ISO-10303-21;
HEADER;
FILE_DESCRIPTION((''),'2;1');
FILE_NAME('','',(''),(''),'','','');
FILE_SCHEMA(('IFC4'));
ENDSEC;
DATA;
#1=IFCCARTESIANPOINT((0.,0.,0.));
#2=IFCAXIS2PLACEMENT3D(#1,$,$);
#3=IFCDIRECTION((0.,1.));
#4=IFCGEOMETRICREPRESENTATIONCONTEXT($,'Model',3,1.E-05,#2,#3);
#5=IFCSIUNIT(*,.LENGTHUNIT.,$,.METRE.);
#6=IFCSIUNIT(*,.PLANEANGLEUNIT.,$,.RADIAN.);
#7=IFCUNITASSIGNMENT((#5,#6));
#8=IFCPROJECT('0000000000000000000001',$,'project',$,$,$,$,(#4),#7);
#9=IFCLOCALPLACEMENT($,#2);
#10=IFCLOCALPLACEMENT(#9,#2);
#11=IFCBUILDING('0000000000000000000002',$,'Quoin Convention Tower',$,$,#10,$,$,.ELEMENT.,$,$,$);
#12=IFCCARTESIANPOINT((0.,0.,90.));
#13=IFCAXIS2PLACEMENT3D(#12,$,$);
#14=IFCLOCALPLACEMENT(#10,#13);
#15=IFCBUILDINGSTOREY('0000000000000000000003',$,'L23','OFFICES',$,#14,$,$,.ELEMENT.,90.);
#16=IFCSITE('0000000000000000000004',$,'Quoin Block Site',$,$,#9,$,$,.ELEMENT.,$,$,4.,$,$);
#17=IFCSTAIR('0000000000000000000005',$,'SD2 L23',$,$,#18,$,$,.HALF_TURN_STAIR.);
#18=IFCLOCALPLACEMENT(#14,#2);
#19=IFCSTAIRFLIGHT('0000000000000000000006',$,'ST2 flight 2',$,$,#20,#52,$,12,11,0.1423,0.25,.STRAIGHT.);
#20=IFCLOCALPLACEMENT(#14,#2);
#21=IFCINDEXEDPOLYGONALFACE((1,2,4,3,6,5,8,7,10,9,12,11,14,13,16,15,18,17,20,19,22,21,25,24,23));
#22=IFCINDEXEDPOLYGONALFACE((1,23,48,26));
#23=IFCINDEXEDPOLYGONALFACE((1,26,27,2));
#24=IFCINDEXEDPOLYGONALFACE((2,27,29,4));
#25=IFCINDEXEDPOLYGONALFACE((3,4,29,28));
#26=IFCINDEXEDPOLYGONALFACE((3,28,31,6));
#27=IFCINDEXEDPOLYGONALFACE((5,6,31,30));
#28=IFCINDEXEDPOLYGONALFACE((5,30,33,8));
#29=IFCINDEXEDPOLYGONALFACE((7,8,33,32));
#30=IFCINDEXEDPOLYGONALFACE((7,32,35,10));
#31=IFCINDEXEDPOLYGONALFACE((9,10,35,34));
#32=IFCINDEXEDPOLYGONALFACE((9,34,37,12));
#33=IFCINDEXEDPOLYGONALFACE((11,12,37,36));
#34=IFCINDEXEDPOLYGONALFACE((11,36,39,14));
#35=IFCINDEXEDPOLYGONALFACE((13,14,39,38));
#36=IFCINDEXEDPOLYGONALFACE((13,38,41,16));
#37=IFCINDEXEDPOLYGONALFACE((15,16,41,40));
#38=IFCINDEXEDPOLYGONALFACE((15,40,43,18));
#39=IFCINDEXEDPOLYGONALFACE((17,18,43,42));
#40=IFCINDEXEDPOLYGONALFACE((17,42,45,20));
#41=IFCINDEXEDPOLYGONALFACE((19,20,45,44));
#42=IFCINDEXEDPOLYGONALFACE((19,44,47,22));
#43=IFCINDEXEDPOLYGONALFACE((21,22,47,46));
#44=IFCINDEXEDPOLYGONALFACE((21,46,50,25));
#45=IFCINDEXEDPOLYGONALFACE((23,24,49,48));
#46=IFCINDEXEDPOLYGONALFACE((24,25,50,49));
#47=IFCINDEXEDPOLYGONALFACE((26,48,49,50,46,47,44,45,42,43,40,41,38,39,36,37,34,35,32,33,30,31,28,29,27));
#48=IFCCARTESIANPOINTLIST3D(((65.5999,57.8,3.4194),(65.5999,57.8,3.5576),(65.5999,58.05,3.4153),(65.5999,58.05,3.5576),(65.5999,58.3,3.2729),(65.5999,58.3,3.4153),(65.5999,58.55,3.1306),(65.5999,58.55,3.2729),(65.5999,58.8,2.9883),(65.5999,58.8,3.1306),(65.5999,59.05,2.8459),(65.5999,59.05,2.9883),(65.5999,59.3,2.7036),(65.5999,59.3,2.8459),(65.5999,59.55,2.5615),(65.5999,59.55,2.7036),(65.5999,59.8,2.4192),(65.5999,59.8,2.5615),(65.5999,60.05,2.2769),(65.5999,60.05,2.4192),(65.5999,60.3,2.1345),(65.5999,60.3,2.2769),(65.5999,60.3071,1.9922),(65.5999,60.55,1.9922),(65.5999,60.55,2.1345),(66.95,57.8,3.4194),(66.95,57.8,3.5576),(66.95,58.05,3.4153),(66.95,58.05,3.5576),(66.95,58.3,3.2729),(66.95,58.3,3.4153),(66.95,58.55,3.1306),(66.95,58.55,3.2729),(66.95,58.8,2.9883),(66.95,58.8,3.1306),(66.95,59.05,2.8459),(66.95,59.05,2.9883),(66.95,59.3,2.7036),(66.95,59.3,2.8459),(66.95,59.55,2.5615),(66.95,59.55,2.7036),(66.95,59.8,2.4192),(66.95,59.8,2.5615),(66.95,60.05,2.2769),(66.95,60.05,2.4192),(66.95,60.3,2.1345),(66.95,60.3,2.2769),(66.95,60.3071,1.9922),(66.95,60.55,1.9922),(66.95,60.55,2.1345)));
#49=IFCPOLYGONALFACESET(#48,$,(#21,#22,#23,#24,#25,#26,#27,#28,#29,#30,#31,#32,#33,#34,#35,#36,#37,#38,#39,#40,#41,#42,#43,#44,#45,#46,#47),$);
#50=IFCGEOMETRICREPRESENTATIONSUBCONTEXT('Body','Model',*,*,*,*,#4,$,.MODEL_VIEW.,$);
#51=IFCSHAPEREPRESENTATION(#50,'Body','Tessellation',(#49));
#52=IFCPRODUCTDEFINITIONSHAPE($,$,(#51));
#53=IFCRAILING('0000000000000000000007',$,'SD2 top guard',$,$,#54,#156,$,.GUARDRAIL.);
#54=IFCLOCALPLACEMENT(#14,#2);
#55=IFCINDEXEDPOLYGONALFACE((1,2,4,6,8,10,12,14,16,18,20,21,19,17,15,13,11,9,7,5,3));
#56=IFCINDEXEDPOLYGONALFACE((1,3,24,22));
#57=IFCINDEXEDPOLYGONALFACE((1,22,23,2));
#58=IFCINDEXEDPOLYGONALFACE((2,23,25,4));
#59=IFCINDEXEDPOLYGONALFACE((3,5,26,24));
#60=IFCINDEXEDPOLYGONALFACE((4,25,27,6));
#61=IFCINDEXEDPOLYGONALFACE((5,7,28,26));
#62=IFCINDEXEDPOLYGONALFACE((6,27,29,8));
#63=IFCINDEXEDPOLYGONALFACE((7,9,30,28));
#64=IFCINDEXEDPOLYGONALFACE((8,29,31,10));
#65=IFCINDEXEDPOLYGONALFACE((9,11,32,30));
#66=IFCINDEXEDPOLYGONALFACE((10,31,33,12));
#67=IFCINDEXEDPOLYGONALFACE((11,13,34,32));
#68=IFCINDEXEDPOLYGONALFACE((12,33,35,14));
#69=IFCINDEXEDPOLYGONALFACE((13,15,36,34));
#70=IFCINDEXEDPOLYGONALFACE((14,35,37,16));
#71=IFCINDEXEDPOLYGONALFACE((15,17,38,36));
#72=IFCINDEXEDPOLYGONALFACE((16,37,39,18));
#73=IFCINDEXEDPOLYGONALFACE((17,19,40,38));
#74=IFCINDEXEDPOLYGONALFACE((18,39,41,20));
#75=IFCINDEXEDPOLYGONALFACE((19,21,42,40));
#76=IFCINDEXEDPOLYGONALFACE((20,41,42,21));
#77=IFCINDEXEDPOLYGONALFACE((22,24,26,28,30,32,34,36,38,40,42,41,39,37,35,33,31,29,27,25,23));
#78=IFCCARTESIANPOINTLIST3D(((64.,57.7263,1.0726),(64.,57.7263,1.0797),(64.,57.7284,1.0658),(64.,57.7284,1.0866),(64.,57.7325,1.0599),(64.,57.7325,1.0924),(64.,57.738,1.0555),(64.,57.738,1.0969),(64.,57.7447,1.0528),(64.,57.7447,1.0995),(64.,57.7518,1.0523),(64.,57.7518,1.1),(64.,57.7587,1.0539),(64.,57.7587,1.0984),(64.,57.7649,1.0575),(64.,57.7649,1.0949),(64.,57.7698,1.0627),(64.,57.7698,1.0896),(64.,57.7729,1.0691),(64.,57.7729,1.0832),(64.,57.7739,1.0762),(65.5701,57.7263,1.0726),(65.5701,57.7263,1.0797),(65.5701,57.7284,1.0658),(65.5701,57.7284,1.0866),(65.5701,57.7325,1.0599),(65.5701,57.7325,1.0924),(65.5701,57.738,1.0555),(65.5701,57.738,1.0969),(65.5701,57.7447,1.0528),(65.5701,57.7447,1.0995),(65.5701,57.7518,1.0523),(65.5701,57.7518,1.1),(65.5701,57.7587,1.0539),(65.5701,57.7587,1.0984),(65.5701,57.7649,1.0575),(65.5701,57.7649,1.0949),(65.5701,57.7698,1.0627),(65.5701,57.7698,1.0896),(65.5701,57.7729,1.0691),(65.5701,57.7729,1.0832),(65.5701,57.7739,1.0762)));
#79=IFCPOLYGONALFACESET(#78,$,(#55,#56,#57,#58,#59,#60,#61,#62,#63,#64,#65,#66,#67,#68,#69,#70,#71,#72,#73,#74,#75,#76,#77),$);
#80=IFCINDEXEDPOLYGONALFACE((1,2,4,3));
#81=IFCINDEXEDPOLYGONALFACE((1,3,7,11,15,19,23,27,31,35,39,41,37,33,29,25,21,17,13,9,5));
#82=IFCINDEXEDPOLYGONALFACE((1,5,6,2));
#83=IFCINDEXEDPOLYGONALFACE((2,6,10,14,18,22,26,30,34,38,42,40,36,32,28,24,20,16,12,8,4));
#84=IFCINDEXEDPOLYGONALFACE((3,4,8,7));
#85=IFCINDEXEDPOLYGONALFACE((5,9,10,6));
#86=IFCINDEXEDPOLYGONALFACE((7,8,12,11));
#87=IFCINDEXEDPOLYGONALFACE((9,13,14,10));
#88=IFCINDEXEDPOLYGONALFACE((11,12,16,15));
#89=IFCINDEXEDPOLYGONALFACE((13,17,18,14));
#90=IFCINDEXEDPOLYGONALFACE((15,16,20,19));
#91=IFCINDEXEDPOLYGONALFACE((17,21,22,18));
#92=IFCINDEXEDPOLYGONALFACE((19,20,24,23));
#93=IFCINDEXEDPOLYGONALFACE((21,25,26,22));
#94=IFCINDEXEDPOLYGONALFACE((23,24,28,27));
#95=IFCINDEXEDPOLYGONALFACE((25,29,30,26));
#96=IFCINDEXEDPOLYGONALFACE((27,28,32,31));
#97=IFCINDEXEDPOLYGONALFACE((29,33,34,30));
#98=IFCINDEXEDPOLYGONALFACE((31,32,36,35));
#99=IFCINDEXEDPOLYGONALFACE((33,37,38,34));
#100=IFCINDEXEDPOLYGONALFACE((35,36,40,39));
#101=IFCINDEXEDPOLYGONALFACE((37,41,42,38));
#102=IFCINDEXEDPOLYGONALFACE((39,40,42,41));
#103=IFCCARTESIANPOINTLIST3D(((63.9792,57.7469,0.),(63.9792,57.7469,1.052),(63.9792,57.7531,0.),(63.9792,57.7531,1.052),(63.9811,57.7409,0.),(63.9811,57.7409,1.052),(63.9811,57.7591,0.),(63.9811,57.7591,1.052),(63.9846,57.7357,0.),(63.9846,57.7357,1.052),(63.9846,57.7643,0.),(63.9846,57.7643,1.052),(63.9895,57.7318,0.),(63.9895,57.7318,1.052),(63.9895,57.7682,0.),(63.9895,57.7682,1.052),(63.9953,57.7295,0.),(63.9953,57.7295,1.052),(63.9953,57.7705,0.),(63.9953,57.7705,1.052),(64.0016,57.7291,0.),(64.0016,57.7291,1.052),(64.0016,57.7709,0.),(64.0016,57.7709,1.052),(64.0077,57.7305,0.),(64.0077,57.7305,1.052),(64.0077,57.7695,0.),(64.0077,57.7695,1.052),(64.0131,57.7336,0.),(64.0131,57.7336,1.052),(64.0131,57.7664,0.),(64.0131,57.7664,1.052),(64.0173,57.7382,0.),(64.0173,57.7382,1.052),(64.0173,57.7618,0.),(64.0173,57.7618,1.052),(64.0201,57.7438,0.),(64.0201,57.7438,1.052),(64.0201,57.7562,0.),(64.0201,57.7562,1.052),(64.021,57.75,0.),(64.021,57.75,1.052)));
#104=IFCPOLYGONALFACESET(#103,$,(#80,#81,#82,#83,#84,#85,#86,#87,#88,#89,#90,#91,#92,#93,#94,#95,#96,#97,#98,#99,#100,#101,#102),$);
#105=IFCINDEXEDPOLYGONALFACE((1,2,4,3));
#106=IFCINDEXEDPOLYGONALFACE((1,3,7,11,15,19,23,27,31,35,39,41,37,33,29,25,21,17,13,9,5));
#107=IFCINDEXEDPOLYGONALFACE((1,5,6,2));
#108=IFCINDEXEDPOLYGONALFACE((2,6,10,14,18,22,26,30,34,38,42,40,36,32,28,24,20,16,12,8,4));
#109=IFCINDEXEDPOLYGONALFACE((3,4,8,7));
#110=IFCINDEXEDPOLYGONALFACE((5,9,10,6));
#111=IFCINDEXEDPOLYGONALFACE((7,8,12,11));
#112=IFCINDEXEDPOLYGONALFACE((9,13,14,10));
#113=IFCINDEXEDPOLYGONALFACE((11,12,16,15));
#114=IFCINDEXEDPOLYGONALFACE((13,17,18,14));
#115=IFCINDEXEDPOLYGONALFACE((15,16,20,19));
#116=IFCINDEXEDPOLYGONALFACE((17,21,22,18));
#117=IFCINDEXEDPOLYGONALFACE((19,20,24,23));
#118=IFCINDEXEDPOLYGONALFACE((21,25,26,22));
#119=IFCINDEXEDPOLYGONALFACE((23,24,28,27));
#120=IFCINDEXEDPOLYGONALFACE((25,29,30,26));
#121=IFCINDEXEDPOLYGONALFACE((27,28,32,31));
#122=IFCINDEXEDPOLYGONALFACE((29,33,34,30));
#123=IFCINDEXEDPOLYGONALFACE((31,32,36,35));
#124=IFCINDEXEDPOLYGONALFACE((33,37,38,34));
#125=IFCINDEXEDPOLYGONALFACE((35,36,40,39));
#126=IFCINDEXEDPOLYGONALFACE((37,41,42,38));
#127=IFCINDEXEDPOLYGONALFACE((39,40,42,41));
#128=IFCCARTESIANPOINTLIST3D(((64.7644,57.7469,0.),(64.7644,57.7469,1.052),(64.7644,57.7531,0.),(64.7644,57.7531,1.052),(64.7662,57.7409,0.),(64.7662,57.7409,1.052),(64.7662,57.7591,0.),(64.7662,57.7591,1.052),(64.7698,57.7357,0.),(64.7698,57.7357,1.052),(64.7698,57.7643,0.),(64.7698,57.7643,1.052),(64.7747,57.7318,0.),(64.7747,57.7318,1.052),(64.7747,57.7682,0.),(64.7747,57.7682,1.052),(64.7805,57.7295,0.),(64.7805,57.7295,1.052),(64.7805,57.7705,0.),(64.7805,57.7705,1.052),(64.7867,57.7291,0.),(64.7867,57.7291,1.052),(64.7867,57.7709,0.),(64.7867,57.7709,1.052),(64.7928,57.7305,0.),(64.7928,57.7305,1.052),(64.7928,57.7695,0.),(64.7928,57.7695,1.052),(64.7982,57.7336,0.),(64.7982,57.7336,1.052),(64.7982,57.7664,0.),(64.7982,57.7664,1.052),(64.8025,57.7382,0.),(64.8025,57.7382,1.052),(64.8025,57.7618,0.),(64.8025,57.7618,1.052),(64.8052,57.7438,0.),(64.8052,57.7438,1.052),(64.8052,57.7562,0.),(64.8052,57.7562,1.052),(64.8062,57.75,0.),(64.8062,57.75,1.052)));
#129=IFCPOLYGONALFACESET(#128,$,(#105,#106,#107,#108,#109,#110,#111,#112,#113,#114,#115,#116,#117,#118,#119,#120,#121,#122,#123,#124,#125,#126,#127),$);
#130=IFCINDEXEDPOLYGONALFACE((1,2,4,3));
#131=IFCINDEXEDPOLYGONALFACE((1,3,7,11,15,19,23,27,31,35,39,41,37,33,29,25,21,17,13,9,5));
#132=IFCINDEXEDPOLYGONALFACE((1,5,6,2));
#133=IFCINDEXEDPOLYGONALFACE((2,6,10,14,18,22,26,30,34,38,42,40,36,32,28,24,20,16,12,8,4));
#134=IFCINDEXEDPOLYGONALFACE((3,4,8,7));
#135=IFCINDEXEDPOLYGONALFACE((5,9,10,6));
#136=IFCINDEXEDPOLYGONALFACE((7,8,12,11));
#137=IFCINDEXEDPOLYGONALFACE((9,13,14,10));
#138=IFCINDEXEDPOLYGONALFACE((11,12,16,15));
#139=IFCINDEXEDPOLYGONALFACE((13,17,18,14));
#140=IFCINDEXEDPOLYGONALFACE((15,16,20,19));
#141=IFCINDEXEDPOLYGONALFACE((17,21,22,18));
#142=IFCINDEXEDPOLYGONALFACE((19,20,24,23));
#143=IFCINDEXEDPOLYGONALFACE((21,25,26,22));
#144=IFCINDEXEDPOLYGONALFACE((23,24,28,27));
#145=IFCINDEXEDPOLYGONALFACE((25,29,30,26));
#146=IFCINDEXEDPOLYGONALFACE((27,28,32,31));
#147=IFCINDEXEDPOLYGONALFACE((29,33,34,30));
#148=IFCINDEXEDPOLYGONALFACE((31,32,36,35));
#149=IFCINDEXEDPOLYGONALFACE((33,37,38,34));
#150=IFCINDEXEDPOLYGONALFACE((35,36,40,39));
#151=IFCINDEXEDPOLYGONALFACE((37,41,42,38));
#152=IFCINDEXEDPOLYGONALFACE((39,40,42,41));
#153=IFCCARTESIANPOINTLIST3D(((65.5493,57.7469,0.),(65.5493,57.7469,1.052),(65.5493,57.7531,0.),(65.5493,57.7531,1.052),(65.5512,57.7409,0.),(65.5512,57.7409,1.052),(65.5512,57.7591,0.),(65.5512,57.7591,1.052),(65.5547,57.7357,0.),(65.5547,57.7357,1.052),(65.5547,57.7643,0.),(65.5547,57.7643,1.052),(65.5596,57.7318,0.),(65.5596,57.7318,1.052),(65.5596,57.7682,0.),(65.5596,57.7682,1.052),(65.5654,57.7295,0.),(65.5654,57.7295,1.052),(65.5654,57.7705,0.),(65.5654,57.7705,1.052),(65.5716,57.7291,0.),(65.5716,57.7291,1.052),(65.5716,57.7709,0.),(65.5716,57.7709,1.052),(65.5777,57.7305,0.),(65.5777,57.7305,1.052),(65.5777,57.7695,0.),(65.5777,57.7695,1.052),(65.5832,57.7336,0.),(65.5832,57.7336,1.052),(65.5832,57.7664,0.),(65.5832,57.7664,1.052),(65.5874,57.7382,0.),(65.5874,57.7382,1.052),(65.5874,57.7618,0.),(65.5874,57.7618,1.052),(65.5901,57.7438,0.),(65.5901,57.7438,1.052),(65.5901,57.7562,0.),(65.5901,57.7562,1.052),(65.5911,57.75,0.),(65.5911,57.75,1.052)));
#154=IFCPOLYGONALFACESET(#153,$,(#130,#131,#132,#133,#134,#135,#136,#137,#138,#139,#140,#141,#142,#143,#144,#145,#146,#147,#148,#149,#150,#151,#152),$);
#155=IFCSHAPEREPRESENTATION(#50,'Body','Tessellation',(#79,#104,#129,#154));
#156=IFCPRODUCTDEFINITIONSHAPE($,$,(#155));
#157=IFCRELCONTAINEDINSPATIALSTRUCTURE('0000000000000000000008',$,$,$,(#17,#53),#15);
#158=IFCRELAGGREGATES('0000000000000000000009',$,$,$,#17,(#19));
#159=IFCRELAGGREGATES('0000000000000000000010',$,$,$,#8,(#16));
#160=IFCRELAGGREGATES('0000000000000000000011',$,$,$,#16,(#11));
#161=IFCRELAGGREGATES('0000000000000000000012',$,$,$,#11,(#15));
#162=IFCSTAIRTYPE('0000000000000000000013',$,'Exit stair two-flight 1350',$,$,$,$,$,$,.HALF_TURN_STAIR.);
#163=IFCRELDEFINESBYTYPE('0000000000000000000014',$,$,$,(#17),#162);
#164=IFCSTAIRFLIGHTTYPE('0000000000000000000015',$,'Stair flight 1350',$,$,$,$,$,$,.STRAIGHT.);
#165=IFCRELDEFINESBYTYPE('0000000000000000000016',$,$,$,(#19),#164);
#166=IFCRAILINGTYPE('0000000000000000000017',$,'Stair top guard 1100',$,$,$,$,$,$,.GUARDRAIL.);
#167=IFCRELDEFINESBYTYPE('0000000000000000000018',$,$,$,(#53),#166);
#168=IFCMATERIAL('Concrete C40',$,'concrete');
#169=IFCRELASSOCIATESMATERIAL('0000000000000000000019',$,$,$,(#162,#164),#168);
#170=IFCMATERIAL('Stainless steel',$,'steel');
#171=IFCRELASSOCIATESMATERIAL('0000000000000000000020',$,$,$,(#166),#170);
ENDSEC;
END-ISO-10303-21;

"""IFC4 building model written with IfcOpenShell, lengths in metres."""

from ifc_helpers import new_model, si_unit, direction, frame, origin, origin_2d, place, context, subcontext, project, spatial, polyline, circle, outline, extrude, material, type_object, element, aggregate, save


model = new_model("IFC4")

# Units and contexts
model_context = context("Model", 3, precision=1e-05, world=origin(), true_north=direction((0.0, 1.0)))
body_context = subcontext(model_context, "Body", "Model", "MODEL_VIEW")
ifc_project = project(units=[si_unit("LENGTHUNIT", "METRE"), si_unit("PLANEANGLEUNIT", "RADIAN")], contexts=[model_context])

# Site, building, storey
site_placement = place(None, origin())
site = spatial("IfcSite", under=ifc_project, at=site_placement, Name="Quoin Block Site", CompositionType="ELEMENT", RefElevation=4.0)
building_placement = place(site_placement, origin())
building = spatial("IfcBuilding", under=site, at=building_placement, Name="Quoin Convention Tower", CompositionType="ELEMENT")
storey_placement = place(building_placement, frame((0.0, 0.0, 90.0)))
storey = spatial("IfcBuildingStorey", under=building, at=storey_placement, Name="L23", Description="OFFICES", CompositionType="ELEMENT", Elevation=90.0)

# Stair, stair flight
ifc_material_1 = material(Name="Concrete C40", Category="concrete")
stair_type = type_object("IfcStairType", Name="Exit stair two-flight 1350", PredefinedType="HALF_TURN_STAIR", material=ifc_material_1)
stair_placement = place(storey_placement, origin())
stair = element("IfcStair", 1, at=stair_placement, inside=storey, type_object=stair_type, Name="SD2 L23", PredefinedType="HALF_TURN_STAIR")
stair_flight_type = type_object("IfcStairFlightType", Name="Stair flight 1350", PredefinedType="STRAIGHT", material=ifc_material_1)
stair_flight_1_placement = place(storey_placement, frame((66.2749, 60.55, 1.9922), z_axis=(0.0, 0.0, 1.0), x_axis=(0.0, -1.0, 0.0)))
stair_flight_1 = element("IfcStairFlight", 2, at=stair_flight_1_placement, type_object=stair_flight_type, Name="ST2 flight 2", NumberOfRisers=12, NumberOfTreads=11, PredefinedType="STRAIGHT", RiserHeight=0.1423, TreadLength=0.25, context=body_context, shape_type="SweptSolid", body=[
    extrude(outline(polyline([(0.0, 0.0), (0.0, 0.1423), (0.25, 0.1423), (0.25, 0.2847), (0.5, 0.2847), (0.5, 0.427), (0.75, 0.427), (0.75, 0.5693), (1.0, 0.5693), (1.0, 0.7114), (1.25, 0.7114), (1.25, 0.8538), (1.5, 0.8538), (1.5, 0.9961), (1.75, 0.9961), (1.75, 1.1384), (2.0, 1.1384), (2.0, 1.2808), (2.25, 1.2808), (2.25, 1.4231), (2.5, 1.4231), (2.5, 1.5654), (2.75, 1.5654), (2.75, 1.7078), (2.75, 1.4272), (0.2429, 0.0), (0.0, 0.0)])), frame((0.0, 0.675, 0.0), z_axis=(0.0, -1.0, 0.0), x_axis=(1.0, 0.0, 0.0)), (0.0, 0.0, 1.0), 1.3501),
])
aggregate(stair, [stair_flight_1])

# Railing
ifc_material_2 = material(Name="Stainless steel", Category="steel")
railing_type_1 = type_object("IfcRailingType", Name="Stair top guard 1100", PredefinedType="GUARDRAIL", material=ifc_material_2)
railing_1_placement = place(storey_placement, frame((64.0, 57.75, 0.0)))
element("IfcRailing", 3, at=railing_1_placement, inside=storey, type_object=railing_type_1, Name="SD2 top guard", PredefinedType="GUARDRAIL", context=body_context, shape_type="SweptSolid", body=[
    extrude(circle(Radius=0.0239, at=origin_2d()), frame((0.0, 0.0, 1.0762), z_axis=(1.0, 0.0, 0.0), x_axis=(0.0, 1.0, 0.0)), (0.0, 0.0, 1.0), 1.5701),
    extrude(circle(Radius=0.021, at=origin_2d()), origin(), (0.0, 0.0, 1.0), 1.052),
    extrude(circle(Radius=0.021, at=origin_2d()), frame((0.7852, 0.0, 0.0)), (0.0, 0.0, 1.0), 1.052),
    extrude(circle(Radius=0.021, at=origin_2d()), frame((1.5701, 0.0, 0.0)), (0.0, 0.0, 1.0), 1.052),
])

save(model, "model.ifc")
